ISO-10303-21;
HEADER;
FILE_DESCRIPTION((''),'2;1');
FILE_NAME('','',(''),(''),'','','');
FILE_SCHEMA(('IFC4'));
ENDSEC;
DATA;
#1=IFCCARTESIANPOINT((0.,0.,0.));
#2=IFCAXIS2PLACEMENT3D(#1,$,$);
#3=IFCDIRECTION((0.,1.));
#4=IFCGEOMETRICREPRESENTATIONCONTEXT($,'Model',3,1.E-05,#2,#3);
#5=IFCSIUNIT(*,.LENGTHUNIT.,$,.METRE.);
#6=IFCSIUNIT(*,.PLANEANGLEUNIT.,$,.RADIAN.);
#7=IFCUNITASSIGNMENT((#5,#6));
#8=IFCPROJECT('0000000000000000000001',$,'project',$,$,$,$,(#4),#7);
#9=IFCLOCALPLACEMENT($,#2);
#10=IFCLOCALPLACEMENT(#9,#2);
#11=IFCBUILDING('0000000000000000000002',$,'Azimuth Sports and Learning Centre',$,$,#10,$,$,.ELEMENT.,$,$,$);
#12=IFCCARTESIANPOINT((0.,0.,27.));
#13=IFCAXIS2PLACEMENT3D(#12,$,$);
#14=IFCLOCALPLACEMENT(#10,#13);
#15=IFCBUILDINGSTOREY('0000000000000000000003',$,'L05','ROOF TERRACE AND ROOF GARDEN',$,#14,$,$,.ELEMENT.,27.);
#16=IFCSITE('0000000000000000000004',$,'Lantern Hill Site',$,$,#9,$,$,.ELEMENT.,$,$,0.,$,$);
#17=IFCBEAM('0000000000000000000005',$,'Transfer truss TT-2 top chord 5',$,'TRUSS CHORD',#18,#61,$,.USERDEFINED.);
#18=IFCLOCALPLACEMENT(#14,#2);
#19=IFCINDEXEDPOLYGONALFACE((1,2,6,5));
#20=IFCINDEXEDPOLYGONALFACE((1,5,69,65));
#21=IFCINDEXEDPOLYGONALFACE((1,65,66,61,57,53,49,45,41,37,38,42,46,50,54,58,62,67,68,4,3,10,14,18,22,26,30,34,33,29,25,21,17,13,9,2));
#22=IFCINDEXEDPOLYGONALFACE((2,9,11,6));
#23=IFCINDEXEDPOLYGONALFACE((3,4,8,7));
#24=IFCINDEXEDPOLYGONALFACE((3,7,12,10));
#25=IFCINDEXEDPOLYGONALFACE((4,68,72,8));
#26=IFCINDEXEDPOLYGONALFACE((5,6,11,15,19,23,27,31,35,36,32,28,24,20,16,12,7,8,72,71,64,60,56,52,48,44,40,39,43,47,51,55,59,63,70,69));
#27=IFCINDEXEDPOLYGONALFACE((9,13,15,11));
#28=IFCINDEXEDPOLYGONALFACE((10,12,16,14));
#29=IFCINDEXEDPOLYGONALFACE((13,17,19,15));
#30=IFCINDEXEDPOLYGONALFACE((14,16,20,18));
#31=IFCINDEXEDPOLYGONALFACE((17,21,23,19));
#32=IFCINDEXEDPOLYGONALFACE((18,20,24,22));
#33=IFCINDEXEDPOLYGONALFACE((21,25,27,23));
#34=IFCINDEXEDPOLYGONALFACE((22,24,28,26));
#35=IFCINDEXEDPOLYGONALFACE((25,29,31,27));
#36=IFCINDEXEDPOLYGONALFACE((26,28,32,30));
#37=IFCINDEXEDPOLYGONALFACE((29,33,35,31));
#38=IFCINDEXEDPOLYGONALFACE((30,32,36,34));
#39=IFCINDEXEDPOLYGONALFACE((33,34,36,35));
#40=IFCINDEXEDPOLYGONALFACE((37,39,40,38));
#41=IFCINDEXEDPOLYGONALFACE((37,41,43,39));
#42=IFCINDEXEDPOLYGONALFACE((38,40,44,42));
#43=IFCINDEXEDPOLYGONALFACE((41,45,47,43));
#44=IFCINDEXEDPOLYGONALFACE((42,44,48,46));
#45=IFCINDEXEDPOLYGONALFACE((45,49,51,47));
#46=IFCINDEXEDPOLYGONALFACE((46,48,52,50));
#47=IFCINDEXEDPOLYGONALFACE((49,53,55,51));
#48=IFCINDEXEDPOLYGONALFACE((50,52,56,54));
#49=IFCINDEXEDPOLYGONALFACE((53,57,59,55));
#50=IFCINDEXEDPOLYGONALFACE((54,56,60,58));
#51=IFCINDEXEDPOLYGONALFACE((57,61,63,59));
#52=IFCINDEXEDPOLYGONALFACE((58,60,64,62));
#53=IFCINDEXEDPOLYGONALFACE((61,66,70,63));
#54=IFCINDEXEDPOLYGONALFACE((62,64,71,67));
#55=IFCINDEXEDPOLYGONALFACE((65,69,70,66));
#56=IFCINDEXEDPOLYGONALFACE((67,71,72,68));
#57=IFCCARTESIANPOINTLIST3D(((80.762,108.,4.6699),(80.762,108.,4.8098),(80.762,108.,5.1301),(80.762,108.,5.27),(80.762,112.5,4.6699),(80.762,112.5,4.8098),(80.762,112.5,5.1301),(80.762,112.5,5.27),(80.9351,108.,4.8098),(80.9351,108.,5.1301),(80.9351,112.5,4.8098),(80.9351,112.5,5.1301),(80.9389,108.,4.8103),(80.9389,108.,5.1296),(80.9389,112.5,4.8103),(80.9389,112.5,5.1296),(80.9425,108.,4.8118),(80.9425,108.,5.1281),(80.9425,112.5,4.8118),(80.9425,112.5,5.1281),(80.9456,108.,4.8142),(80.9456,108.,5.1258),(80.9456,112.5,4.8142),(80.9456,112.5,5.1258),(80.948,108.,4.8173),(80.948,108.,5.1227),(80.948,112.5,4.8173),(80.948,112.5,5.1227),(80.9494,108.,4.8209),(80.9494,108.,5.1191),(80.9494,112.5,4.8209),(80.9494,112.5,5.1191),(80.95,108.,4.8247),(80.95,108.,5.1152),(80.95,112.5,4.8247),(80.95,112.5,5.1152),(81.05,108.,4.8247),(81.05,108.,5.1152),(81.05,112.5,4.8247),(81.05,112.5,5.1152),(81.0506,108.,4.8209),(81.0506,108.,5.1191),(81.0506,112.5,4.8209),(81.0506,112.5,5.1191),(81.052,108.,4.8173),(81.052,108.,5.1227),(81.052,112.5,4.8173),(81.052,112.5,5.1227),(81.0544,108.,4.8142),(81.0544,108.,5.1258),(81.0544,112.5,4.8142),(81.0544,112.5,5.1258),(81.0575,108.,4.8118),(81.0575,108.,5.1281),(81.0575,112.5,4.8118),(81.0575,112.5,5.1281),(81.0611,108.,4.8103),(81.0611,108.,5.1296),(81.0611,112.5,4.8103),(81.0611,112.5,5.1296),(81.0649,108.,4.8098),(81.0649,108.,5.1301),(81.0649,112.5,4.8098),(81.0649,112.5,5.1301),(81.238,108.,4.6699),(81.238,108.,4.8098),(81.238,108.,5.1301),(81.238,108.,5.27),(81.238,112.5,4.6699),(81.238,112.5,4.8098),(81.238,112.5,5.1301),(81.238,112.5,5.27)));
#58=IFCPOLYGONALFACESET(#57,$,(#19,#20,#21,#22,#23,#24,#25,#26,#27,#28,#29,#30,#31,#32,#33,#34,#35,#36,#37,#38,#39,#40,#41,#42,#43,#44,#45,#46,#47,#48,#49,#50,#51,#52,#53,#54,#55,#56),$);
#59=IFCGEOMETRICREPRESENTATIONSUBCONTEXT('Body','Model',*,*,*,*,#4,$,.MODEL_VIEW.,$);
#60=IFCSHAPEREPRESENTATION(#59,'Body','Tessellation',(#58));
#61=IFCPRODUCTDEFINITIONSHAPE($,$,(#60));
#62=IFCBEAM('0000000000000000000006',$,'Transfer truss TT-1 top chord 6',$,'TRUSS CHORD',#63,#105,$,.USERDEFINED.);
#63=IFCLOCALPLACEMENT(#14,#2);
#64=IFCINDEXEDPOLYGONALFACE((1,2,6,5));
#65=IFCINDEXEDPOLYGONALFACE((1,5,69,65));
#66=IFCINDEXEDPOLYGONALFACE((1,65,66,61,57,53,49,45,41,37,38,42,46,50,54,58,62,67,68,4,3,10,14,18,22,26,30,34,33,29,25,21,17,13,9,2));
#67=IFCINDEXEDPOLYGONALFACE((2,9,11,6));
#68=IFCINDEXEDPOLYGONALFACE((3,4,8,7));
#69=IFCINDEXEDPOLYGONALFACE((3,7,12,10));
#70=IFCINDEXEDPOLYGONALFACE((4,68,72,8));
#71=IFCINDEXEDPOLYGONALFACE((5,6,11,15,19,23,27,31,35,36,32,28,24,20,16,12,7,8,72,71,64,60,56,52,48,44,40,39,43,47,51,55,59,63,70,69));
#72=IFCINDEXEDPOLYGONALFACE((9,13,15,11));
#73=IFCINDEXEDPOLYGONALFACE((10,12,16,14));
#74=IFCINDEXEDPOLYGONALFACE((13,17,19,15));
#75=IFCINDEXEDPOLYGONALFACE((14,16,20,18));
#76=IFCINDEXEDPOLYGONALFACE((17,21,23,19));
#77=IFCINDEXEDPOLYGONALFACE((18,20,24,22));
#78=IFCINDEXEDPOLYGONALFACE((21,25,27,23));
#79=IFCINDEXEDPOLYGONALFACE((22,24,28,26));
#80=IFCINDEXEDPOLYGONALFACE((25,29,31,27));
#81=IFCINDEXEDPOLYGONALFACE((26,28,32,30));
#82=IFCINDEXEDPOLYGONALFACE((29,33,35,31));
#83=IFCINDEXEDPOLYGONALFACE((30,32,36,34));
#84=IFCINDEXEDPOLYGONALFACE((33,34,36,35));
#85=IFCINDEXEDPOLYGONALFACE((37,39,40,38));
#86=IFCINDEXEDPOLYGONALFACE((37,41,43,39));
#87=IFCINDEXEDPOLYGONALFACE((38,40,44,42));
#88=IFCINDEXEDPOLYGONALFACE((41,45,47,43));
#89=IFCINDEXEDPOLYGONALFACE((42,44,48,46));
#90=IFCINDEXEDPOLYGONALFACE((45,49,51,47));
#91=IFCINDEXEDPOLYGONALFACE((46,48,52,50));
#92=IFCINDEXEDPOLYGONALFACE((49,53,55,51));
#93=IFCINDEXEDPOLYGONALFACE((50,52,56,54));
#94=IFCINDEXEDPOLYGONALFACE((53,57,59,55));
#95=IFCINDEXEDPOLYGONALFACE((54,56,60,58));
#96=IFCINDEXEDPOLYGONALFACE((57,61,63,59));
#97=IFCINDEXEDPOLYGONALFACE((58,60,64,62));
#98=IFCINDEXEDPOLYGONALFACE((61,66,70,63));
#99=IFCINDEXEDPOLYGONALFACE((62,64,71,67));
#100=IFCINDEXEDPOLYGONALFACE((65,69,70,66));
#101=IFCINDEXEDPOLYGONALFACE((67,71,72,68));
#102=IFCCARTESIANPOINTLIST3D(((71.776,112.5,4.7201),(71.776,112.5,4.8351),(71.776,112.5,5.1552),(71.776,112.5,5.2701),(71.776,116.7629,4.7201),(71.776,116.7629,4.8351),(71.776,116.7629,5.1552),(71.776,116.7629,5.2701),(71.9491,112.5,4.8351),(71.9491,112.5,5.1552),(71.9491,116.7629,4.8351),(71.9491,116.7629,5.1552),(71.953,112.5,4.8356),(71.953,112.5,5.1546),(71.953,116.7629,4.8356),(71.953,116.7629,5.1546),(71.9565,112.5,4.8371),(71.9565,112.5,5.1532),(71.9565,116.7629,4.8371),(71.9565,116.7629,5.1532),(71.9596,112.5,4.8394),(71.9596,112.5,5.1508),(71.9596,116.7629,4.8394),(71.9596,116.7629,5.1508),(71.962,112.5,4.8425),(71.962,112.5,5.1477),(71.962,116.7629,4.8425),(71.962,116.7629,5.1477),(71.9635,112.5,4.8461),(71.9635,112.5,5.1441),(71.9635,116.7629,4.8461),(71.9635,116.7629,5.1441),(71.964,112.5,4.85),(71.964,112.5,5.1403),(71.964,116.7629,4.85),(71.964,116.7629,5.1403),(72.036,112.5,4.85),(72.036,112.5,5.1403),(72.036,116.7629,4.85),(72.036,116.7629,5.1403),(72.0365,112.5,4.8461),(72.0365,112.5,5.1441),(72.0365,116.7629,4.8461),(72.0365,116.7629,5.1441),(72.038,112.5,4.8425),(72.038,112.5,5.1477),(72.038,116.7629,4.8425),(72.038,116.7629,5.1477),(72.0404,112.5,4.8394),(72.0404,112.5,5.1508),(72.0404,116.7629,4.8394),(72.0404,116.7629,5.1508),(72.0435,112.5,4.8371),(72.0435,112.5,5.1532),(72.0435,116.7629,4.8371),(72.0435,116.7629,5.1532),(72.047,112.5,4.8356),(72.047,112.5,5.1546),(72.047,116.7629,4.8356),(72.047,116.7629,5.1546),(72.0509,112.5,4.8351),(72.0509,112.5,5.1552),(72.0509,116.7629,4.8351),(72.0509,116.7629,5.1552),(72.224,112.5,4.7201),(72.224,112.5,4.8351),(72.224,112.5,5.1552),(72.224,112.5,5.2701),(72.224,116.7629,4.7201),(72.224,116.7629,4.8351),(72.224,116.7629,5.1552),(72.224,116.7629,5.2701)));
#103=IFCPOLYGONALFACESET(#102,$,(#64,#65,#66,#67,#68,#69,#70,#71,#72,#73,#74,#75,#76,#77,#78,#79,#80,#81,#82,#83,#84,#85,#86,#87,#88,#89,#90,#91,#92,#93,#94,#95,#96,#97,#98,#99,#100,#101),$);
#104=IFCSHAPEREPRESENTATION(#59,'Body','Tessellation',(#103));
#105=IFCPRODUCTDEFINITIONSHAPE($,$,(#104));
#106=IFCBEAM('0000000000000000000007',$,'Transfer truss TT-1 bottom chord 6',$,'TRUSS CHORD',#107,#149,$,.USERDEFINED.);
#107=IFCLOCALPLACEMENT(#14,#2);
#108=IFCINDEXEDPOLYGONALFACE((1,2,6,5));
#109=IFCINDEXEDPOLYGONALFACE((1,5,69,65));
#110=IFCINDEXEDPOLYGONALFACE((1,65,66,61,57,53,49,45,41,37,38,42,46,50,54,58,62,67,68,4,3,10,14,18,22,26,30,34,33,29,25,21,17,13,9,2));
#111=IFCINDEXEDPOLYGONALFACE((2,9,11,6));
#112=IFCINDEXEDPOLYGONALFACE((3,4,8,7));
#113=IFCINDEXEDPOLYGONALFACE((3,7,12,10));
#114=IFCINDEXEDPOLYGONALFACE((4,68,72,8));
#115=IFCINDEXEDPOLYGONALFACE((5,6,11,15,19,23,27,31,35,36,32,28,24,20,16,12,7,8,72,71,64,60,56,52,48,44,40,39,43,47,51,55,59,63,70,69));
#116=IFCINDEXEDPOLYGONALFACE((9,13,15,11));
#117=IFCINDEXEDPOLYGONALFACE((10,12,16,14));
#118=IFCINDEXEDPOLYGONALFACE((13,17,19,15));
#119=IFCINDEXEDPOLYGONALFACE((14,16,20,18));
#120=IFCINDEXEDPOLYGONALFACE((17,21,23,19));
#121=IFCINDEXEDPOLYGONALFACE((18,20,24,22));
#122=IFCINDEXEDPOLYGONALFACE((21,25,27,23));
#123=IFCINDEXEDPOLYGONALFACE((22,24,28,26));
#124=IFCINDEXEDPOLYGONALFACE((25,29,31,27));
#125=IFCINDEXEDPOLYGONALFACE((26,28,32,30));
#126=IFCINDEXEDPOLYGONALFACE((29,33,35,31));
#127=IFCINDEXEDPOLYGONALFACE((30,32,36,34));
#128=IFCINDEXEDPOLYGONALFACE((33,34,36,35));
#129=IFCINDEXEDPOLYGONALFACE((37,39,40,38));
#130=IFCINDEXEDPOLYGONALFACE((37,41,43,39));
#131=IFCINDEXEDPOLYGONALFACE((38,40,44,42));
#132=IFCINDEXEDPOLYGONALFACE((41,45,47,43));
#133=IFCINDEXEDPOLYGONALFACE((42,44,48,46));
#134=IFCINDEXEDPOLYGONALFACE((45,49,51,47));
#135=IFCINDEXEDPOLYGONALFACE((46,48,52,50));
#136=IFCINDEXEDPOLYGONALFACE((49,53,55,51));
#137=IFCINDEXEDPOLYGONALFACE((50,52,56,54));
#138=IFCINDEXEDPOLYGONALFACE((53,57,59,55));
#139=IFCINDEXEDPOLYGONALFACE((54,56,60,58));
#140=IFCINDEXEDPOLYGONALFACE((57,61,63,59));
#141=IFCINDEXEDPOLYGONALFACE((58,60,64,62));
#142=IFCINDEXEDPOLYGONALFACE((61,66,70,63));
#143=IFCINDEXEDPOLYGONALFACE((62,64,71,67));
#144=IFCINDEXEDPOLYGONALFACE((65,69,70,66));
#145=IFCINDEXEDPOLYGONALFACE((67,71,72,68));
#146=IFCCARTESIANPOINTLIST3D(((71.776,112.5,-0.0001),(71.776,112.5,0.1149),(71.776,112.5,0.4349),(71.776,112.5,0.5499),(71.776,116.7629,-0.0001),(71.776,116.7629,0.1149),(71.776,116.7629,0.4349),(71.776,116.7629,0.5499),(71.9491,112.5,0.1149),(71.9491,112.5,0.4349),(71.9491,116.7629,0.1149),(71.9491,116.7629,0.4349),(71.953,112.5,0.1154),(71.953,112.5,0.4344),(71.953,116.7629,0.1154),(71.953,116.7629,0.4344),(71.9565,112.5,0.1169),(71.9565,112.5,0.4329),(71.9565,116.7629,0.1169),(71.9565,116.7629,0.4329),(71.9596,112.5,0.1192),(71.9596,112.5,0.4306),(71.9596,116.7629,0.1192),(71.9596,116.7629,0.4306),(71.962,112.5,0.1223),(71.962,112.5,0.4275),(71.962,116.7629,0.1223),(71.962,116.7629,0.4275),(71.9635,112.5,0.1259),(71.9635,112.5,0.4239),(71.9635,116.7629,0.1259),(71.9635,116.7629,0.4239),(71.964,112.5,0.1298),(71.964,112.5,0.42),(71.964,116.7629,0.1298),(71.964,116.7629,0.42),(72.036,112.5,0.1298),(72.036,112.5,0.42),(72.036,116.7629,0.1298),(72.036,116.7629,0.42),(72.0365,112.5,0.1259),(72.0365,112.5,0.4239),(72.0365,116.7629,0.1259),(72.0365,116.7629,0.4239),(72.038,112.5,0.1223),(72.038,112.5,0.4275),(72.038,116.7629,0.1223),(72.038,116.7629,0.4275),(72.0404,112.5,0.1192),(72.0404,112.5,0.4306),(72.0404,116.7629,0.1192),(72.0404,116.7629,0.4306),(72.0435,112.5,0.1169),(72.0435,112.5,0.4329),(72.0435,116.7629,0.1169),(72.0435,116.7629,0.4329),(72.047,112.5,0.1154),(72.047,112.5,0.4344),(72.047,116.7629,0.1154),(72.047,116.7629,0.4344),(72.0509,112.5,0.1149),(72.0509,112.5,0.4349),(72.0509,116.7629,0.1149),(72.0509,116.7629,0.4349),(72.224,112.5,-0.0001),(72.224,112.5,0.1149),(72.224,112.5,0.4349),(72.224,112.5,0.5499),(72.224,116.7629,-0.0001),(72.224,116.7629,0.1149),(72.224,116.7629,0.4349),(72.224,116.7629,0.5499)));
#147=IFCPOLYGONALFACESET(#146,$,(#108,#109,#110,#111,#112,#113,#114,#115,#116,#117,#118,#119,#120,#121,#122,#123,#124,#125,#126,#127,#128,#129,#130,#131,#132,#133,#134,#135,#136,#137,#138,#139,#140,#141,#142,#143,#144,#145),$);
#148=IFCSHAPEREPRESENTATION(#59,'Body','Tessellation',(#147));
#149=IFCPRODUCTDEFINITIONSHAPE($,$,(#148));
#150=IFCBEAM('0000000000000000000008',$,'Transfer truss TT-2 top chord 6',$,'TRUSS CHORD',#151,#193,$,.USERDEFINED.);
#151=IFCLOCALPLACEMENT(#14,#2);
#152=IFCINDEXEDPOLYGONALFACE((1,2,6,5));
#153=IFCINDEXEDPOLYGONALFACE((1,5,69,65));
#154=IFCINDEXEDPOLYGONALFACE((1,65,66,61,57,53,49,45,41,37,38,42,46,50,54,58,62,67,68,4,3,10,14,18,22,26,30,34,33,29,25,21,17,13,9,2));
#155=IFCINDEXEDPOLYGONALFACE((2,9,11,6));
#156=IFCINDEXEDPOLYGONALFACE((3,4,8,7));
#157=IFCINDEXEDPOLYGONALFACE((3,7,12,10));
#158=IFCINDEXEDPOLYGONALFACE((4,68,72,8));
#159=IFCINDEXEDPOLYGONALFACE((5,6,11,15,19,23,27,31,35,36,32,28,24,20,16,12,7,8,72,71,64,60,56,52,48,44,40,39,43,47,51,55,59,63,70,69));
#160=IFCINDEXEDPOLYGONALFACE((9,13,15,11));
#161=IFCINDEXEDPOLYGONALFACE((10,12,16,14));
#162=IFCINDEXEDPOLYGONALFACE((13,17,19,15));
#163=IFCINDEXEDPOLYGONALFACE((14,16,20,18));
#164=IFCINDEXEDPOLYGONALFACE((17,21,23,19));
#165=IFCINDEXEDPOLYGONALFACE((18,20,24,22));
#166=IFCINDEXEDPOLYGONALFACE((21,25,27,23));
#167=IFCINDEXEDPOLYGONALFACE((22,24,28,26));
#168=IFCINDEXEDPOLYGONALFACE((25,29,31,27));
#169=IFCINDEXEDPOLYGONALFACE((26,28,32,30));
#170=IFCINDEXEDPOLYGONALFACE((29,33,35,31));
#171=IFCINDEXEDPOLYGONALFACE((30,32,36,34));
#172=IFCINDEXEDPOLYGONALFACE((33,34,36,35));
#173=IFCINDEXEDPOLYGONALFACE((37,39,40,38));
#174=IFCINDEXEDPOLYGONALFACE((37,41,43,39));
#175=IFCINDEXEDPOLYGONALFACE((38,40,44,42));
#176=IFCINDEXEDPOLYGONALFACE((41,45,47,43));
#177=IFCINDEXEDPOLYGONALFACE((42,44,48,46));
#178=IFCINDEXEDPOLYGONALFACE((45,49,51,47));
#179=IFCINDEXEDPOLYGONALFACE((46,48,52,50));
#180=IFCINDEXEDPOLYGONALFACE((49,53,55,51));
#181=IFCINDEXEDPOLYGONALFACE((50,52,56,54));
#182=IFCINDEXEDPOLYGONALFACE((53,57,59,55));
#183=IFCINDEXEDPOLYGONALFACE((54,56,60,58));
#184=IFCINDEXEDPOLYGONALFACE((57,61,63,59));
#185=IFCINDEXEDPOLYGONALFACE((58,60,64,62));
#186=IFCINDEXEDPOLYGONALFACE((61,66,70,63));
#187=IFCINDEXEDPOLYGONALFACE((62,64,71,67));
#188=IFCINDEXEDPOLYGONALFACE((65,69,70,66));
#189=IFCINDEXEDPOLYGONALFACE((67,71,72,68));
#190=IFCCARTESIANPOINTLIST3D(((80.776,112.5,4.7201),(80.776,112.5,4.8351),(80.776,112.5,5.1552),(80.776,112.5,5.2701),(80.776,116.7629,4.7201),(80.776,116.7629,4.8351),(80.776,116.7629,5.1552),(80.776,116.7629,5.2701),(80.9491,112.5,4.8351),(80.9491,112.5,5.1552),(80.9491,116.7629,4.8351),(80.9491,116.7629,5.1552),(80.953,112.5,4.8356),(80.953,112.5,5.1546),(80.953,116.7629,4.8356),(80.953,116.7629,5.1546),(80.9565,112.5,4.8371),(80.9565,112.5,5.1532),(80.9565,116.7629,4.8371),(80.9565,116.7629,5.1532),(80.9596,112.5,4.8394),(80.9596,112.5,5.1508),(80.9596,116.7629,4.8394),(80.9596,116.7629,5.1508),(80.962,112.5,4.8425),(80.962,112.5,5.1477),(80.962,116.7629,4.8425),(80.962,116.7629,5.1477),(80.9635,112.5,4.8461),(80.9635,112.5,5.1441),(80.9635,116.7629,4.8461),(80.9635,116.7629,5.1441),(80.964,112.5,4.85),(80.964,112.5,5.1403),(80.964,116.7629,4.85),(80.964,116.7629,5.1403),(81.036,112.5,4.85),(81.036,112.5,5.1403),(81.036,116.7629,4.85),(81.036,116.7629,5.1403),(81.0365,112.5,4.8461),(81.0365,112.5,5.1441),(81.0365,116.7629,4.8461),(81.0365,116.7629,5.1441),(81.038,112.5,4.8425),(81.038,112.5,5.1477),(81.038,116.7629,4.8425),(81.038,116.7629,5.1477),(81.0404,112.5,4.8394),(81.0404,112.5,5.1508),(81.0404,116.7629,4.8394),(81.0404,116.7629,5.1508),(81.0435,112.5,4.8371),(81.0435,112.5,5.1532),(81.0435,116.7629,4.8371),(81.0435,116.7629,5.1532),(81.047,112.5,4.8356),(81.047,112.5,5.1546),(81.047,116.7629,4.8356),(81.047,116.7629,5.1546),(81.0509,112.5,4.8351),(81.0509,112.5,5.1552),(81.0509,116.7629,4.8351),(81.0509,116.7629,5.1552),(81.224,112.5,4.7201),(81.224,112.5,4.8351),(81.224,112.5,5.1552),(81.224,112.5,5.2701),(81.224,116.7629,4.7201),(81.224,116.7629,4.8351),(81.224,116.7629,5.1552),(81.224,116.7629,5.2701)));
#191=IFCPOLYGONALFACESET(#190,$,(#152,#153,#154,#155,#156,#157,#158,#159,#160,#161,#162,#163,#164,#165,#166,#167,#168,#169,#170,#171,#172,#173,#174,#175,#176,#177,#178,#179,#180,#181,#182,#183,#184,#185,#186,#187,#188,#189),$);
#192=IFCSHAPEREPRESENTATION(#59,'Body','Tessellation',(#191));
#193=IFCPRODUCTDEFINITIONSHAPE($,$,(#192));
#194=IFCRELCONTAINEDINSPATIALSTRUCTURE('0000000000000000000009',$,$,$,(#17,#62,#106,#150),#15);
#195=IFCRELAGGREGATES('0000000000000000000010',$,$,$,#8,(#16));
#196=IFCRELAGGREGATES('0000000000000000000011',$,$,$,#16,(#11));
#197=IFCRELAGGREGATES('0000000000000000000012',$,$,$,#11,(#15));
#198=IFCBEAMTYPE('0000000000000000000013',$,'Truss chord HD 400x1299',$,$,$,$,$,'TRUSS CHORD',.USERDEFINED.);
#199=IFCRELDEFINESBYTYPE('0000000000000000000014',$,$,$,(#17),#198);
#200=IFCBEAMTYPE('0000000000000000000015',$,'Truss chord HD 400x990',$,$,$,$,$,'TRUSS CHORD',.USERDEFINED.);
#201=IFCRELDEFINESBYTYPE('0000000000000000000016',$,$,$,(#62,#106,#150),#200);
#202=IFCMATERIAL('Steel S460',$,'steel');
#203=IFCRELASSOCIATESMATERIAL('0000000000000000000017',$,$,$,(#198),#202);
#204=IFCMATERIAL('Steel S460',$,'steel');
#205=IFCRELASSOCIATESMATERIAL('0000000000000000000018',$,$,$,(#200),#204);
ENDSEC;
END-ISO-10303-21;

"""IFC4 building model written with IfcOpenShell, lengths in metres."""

from ifc_helpers import new_model, si_unit, direction, frame, origin, origin_2d, place, context, subcontext, project, spatial, i_section, extrude, material, material_profile, profile_set, type_object, element, save


model = new_model("IFC4")

# Units and contexts
model_context = context("Model", 3, precision=1e-05, world=origin(), true_north=direction((0.0, 1.0)))
body_context = subcontext(model_context, "Body", "Model", "MODEL_VIEW")
ifc_project = project(units=[si_unit("LENGTHUNIT", "METRE"), si_unit("PLANEANGLEUNIT", "RADIAN")], contexts=[model_context])

# Site, building, storey
site_placement = place(None, origin())
site = spatial("IfcSite", under=ifc_project, at=site_placement, Name="Lantern Hill Site", CompositionType="ELEMENT", RefElevation=0.0)
building_placement = place(site_placement, origin())
building = spatial("IfcBuilding", under=site, at=building_placement, Name="Azimuth Sports and Learning Centre", CompositionType="ELEMENT")
storey_placement = place(building_placement, frame((0.0, 0.0, 27.0)))
storey = spatial("IfcBuildingStorey", under=building, at=storey_placement, Name="L05", Description="ROOF TERRACE AND ROOF GARDEN", CompositionType="ELEMENT", Elevation=27.0)

# Beams
ifc_material_1 = material(Name="Steel S460", Category="steel")
ifc_material_profile_1 = material_profile(ifc_material_1, i_section(OverallWidth=0.4761, OverallDepth=0.6001, WebThickness=0.1001, FlangeThickness=0.1399, FilletRadius=0.0149, at=origin_2d()), Name="HD 400x1299")
ifc_profile_set_1 = profile_set([ifc_material_profile_1], Name="Steel S460")
beam_type_1 = type_object("IfcBeamType", Name="Truss chord HD 400x1299", ElementType="TRUSS CHORD", PredefinedType="USERDEFINED", material=ifc_profile_set_1)
for number, where, z_axis, x_axis, name in (
    (1, (81.0, 108.0, 4.97), (0.0, 1.0, 0.0), (-1.0, 0.0, 0.0), "Transfer truss TT-2 top chord 5"),
):
    element("IfcBeam", number, at=place(storey_placement, frame(where, z_axis=z_axis, x_axis=x_axis)), inside=storey, type_object=beam_type_1, Name=name, ObjectType="TRUSS CHORD", PredefinedType="USERDEFINED", context=body_context, shape_type="SweptSolid", body=[
        extrude(i_section(OverallWidth=0.4761, OverallDepth=0.6001, WebThickness=0.1001, FlangeThickness=0.1399, FilletRadius=0.0149, at=origin_2d()), origin(), (0.0, 0.0, 1.0), 4.5),
    ])
ifc_material_2 = material(Name="Steel S460", Category="steel")
ifc_material_profile_2 = material_profile(ifc_material_2, i_section(OverallWidth=0.448, OverallDepth=0.55, WebThickness=0.072, FlangeThickness=0.115, FilletRadius=0.0149, at=origin_2d()), Name="HD 400x990")
ifc_profile_set_2 = profile_set([ifc_material_profile_2], Name="Steel S460")
beam_type_2 = type_object("IfcBeamType", Name="Truss chord HD 400x990", ElementType="TRUSS CHORD", PredefinedType="USERDEFINED", material=ifc_profile_set_2)
for number, where, z_axis, x_axis, name in (
    (2, (72.0, 112.5, 4.9951), (0.0, 1.0, 0.0), (-1.0, 0.0, 0.0), "Transfer truss TT-1 top chord 6"),
    (3, (72.0, 112.5, 0.2749), (0.0, 1.0, 0.0), (-1.0, 0.0, 0.0), "Transfer truss TT-1 bottom chord 6"),
    (4, (81.0, 112.5, 4.9951), (0.0, 1.0, 0.0), (-1.0, 0.0, 0.0), "Transfer truss TT-2 top chord 6"),
):
    element("IfcBeam", number, at=place(storey_placement, frame(where, z_axis=z_axis, x_axis=x_axis)), inside=storey, type_object=beam_type_2, Name=name, ObjectType="TRUSS CHORD", PredefinedType="USERDEFINED", context=body_context, shape_type="SweptSolid", body=[
        extrude(i_section(OverallWidth=0.448, OverallDepth=0.55, WebThickness=0.072, FlangeThickness=0.115, FilletRadius=0.0149, at=origin_2d()), origin(), (0.0, 0.0, 1.0), 4.2629),
    ])

save(model, "model.ifc")
